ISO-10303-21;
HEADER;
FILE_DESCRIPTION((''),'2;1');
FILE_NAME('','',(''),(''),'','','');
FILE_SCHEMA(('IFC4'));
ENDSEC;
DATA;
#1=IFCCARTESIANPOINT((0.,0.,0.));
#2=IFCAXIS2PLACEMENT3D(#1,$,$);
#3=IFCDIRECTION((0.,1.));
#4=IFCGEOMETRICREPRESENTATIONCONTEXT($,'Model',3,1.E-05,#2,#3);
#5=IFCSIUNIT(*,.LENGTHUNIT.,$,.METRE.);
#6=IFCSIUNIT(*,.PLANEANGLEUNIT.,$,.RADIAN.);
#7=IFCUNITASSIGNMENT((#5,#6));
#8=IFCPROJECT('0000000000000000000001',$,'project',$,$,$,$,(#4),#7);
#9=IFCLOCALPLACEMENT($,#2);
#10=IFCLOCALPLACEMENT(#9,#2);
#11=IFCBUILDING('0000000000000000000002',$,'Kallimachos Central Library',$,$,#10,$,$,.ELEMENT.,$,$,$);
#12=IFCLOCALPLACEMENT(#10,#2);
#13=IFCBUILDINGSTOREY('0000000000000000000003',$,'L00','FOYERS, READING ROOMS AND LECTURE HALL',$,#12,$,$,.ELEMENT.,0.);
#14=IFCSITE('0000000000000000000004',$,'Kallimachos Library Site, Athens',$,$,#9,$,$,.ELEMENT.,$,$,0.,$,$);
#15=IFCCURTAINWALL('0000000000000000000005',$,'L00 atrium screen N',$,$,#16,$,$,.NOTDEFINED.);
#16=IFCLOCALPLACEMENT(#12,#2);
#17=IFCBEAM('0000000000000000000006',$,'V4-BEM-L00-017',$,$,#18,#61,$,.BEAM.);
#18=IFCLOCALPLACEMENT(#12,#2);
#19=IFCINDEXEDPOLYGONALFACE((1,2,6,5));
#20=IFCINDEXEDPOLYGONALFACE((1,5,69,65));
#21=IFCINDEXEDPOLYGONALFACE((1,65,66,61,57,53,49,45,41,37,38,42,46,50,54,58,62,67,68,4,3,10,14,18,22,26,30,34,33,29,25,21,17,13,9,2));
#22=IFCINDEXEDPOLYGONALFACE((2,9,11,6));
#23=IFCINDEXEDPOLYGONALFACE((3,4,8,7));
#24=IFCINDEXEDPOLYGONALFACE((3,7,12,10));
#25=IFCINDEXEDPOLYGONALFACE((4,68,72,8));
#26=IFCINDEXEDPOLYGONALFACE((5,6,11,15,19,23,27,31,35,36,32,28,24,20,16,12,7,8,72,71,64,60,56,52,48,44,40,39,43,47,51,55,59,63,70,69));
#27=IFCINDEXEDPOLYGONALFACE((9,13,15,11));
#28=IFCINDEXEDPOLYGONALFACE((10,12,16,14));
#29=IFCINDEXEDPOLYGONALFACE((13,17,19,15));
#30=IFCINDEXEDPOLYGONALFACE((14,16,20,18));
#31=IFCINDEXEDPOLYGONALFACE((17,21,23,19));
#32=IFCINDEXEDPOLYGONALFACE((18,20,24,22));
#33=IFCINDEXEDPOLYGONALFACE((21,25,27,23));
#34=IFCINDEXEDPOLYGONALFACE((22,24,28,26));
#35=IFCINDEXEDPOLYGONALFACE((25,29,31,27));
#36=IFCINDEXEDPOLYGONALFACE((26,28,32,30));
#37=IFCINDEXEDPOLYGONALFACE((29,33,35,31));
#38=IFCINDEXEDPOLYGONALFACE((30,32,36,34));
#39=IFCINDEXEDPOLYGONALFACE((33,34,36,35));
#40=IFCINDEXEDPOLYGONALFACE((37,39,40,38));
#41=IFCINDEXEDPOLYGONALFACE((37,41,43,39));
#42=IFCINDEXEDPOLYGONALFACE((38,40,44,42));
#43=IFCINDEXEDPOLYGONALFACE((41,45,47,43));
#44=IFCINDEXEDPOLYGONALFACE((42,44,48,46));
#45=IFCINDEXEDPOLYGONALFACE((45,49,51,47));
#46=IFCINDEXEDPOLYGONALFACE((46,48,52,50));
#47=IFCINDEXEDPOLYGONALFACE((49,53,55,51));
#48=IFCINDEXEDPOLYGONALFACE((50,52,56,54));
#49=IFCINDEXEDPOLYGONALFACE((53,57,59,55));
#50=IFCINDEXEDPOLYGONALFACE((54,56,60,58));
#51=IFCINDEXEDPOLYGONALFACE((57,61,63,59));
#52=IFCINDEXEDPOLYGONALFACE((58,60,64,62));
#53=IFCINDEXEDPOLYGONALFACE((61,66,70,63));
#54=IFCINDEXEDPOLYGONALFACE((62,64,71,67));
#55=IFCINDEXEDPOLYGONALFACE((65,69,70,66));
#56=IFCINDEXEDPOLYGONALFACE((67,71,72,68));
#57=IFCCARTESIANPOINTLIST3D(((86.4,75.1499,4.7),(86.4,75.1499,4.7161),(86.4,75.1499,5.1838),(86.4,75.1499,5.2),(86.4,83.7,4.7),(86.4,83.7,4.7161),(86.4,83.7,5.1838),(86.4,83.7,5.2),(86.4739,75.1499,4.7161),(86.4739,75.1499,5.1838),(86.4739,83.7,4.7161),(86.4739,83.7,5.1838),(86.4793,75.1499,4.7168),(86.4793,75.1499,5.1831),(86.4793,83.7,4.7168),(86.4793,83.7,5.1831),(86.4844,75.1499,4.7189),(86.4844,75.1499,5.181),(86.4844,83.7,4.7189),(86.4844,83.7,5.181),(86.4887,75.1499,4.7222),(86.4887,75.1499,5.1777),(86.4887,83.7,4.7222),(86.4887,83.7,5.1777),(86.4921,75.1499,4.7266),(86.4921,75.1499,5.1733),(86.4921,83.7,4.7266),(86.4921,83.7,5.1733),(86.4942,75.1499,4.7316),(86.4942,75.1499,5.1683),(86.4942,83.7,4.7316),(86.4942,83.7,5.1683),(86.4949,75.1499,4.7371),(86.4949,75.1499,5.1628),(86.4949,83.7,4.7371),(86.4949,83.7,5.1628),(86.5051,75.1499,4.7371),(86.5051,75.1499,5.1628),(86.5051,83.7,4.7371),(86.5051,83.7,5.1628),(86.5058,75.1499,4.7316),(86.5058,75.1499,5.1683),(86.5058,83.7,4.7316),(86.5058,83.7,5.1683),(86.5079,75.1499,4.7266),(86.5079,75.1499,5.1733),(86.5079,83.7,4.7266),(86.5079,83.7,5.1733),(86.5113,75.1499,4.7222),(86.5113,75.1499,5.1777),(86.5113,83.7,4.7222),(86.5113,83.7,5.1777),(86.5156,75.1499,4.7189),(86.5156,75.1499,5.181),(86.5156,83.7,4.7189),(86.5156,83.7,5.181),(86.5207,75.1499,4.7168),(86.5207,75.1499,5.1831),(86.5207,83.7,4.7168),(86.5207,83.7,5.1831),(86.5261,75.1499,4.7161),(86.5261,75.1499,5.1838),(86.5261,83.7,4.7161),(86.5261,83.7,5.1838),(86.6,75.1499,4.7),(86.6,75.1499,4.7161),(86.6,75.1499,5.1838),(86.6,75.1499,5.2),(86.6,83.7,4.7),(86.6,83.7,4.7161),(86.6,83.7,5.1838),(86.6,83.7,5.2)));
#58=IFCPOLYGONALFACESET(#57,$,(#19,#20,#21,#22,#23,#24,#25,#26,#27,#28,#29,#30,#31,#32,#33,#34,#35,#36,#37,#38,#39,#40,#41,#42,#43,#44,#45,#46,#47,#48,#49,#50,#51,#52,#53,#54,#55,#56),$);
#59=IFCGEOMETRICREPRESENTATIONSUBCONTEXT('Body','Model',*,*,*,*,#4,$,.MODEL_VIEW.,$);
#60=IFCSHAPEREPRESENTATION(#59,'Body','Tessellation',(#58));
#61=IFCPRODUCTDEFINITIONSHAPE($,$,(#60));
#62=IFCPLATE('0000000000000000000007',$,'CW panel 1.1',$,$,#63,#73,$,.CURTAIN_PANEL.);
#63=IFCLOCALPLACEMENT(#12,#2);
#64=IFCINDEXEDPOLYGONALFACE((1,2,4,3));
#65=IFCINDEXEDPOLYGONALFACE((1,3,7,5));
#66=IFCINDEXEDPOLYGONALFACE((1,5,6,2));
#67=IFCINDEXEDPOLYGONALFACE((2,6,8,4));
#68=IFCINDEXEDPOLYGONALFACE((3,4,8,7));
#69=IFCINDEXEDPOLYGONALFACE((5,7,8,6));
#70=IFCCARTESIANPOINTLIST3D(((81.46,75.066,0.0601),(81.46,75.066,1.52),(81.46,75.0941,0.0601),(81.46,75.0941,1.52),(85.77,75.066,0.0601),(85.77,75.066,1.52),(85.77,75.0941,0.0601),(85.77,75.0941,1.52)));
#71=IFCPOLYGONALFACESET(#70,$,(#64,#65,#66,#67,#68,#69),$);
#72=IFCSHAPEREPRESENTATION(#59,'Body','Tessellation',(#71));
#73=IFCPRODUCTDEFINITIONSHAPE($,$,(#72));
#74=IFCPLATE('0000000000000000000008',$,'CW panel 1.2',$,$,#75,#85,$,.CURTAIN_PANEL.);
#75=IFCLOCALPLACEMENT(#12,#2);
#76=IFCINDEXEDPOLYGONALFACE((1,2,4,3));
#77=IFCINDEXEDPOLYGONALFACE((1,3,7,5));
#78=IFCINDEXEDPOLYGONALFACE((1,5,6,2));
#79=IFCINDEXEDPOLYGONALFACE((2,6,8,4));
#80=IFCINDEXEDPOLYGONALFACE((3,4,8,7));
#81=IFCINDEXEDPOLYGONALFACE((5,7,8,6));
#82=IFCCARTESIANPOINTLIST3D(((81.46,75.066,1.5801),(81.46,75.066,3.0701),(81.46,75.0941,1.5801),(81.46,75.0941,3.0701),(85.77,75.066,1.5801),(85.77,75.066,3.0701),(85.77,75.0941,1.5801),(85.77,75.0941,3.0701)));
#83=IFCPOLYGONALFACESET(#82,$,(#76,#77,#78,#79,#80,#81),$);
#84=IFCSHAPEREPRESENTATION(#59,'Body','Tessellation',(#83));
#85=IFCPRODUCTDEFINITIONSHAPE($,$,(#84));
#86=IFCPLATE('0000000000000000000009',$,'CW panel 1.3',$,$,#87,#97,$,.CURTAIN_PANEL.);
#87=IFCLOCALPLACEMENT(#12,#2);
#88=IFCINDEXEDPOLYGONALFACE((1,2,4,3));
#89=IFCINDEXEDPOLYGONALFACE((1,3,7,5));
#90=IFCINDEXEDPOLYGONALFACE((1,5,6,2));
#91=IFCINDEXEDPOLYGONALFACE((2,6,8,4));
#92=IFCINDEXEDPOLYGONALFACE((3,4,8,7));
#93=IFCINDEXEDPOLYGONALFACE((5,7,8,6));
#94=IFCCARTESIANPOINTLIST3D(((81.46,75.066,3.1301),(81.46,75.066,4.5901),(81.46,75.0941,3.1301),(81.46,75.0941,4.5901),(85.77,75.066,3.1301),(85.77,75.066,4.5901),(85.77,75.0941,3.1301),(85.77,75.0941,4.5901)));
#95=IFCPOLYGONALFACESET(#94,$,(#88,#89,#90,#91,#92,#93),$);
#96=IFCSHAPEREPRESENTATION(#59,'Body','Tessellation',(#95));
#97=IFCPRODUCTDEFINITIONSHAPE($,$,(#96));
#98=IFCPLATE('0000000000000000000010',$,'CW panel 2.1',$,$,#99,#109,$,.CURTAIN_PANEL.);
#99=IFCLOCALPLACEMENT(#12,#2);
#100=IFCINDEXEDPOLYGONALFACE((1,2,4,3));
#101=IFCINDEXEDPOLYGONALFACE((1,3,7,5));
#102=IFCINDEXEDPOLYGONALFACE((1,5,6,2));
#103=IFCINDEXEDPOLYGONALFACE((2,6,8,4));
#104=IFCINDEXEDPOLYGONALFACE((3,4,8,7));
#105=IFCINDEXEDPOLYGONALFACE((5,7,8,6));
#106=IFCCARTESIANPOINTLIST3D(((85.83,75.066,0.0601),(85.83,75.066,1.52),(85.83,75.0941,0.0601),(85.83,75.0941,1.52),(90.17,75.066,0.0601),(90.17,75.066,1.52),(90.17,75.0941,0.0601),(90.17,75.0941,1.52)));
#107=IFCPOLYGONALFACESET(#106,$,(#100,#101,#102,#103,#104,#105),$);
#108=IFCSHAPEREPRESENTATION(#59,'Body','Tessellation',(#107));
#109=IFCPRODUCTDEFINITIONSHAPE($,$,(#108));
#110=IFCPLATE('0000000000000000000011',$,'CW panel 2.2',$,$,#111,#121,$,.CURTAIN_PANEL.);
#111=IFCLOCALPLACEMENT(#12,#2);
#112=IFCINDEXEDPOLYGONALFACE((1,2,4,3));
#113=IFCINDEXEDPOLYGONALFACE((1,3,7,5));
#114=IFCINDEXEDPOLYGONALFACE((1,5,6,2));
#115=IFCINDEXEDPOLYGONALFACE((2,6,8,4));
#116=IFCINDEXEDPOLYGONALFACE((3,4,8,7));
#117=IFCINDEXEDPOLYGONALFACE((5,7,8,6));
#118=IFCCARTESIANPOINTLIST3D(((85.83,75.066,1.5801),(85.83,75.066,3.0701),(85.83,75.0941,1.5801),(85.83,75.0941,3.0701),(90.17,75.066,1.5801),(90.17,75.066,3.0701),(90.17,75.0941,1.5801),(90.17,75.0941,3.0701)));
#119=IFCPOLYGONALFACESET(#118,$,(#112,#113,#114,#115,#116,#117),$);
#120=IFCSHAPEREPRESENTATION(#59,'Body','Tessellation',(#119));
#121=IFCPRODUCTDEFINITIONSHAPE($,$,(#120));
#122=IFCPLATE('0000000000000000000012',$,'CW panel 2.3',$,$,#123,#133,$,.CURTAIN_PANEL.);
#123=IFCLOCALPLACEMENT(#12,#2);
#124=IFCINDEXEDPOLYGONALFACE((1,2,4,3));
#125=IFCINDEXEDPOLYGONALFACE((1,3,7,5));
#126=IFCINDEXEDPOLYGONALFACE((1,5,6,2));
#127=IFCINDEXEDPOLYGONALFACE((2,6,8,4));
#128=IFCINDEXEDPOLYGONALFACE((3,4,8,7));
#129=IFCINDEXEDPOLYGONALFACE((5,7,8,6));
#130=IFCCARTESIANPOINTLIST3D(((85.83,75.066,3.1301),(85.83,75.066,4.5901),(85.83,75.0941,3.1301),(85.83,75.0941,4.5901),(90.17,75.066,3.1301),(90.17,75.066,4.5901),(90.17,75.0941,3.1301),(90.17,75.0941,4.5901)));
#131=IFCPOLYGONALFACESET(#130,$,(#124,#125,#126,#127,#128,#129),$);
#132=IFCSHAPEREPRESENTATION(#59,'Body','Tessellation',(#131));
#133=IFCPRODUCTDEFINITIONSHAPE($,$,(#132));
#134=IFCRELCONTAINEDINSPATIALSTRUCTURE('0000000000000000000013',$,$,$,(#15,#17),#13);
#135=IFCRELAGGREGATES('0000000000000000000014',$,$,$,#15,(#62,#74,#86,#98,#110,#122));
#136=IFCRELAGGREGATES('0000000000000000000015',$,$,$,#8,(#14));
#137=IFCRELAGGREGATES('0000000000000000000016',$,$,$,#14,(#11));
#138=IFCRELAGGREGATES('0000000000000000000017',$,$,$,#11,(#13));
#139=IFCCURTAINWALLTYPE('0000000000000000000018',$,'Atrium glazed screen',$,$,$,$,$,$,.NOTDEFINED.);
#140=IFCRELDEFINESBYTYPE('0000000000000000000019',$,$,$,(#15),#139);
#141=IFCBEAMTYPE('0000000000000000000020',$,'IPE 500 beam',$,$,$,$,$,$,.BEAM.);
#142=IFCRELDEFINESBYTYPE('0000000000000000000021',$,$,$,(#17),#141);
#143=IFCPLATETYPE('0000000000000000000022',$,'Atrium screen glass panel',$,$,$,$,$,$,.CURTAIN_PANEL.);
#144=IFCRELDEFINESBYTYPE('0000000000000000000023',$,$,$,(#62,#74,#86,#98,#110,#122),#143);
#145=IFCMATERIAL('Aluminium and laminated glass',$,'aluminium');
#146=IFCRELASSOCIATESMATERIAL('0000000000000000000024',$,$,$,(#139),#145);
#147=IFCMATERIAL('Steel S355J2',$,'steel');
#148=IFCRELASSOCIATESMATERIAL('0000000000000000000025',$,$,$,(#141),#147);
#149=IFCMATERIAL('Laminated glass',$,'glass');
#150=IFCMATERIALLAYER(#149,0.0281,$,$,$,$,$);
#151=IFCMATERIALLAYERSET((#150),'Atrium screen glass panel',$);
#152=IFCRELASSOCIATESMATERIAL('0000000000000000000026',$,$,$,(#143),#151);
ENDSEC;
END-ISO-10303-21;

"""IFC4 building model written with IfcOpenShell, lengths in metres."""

from ifc_helpers import new_model, si_unit, direction, frame, origin, origin_2d, place, context, subcontext, project, spatial, rectangle, i_section, extrude, material, layer, layer_set, material_profile, profile_set, type_object, element, aggregate, save


model = new_model("IFC4")

# Units and contexts
model_context = context("Model", 3, precision=1e-05, world=origin(), true_north=direction((0.0, 1.0)))
body_context = subcontext(model_context, "Body", "Model", "MODEL_VIEW")
ifc_project = project(units=[si_unit("LENGTHUNIT", "METRE"), si_unit("PLANEANGLEUNIT", "RADIAN")], contexts=[model_context])

# Site, building, storey
site_placement = place(None, origin())
site = spatial("IfcSite", under=ifc_project, at=site_placement, Name="Kallimachos Library Site, Athens", CompositionType="ELEMENT", RefElevation=0.0)
building_placement = place(site_placement, origin())
building = spatial("IfcBuilding", under=site, at=building_placement, Name="Kallimachos Central Library", CompositionType="ELEMENT")
storey_placement = place(building_placement, origin())
storey = spatial("IfcBuildingStorey", under=building, at=storey_placement, Name="L00", Description="FOYERS, READING ROOMS AND LECTURE HALL", CompositionType="ELEMENT", Elevation=0.0)

# Curtain wall
ifc_material_1 = material(Name="Aluminium and laminated glass", Category="aluminium")
curtain_wall_type = type_object("IfcCurtainWallType", Name="Atrium glazed screen", PredefinedType="NOTDEFINED", material=ifc_material_1)
curtain_wall_placement = place(storey_placement, origin())
curtain_wall = element("IfcCurtainWall", 1, at=curtain_wall_placement, inside=storey, type_object=curtain_wall_type, Name="L00 atrium screen N", PredefinedType="NOTDEFINED")

# Beam
ifc_material_2 = material(Name="Steel S355J2", Category="steel")
ifc_material_profile_1 = material_profile(ifc_material_2, i_section(OverallWidth=0.2, OverallDepth=0.5, WebThickness=0.0103, FlangeThickness=0.0161, FilletRadius=0.021, at=origin_2d()), Name="IPE 500")
ifc_profile_set_1 = profile_set([ifc_material_profile_1], Name="Steel S355J2")
beam_type_1 = type_object("IfcBeamType", Name="IPE 500 beam", PredefinedType="BEAM", material=ifc_profile_set_1)
beam_1_placement = place(storey_placement, frame((86.5, 75.1499, 4.95), z_axis=(0.0, 1.0, 0.0), x_axis=(-1.0, 0.0, 0.0)))
element("IfcBeam", 2, at=beam_1_placement, inside=storey, type_object=beam_type_1, Name="V4-BEM-L00-017", PredefinedType="BEAM", context=body_context, shape_type="SweptSolid", body=[
    extrude(i_section(OverallWidth=0.2, OverallDepth=0.5, WebThickness=0.0103, FlangeThickness=0.0161, FilletRadius=0.021, at=origin_2d()), origin(), (0.0, 0.0, 1.0), 8.55),
])

# Plates
ifc_material_3 = material(Name="Laminated glass", Category="glass")
ifc_layer_1 = layer(ifc_material_3, 0.0281)
ifc_layer_set_1 = layer_set([ifc_layer_1], Name="Atrium screen glass panel")
plate_type = type_object("IfcPlateType", Name="Atrium screen glass panel", PredefinedType="CURTAIN_PANEL", material=ifc_layer_set_1)
plate_1_placement = place(storey_placement, frame((83.615, 75.0801, 0.0601), z_axis=(0.0, 0.0, 1.0), x_axis=(1.0, 0.0, 0.0)))
plate_1 = element("IfcPlate", 3, at=plate_1_placement, type_object=plate_type, Name="CW panel 1.1", PredefinedType="CURTAIN_PANEL", context=body_context, shape_type="SweptSolid", body=[
    extrude(rectangle(XDim=4.3101, YDim=0.0281, at=origin_2d()), origin(), (0.0, 0.0, 1.0), 1.46),
])
plate_2_placement = place(storey_placement, frame((83.615, 75.0801, 1.5801), z_axis=(0.0, 0.0, 1.0), x_axis=(1.0, 0.0, 0.0)))
plate_2 = element("IfcPlate", 4, at=plate_2_placement, type_object=plate_type, Name="CW panel 1.2", PredefinedType="CURTAIN_PANEL", context=body_context, shape_type="SweptSolid", body=[
    extrude(rectangle(XDim=4.3101, YDim=0.0281, at=origin_2d()), origin(), (0.0, 0.0, 1.0), 1.49),
])
plate_3_placement = place(storey_placement, frame((83.615, 75.0801, 3.1301), z_axis=(0.0, 0.0, 1.0), x_axis=(1.0, 0.0, 0.0)))
plate_3 = element("IfcPlate", 5, at=plate_3_placement, type_object=plate_type, Name="CW panel 1.3", PredefinedType="CURTAIN_PANEL", context=body_context, shape_type="SweptSolid", body=[
    extrude(rectangle(XDim=4.3101, YDim=0.0281, at=origin_2d()), origin(), (0.0, 0.0, 1.0), 1.46),
])
plate_4_placement = place(storey_placement, frame((88.0, 75.0801, 0.0601), z_axis=(0.0, 0.0, 1.0), x_axis=(1.0, 0.0, 0.0)))
plate_4 = element("IfcPlate", 6, at=plate_4_placement, type_object=plate_type, Name="CW panel 2.1", PredefinedType="CURTAIN_PANEL", context=body_context, shape_type="SweptSolid", body=[
    extrude(rectangle(XDim=4.3401, YDim=0.0281, at=origin_2d()), origin(), (0.0, 0.0, 1.0), 1.46),
])
plate_5_placement = place(storey_placement, frame((88.0, 75.0801, 1.5801), z_axis=(0.0, 0.0, 1.0), x_axis=(1.0, 0.0, 0.0)))
plate_5 = element("IfcPlate", 7, at=plate_5_placement, type_object=plate_type, Name="CW panel 2.2", PredefinedType="CURTAIN_PANEL", context=body_context, shape_type="SweptSolid", body=[
    extrude(rectangle(XDim=4.3401, YDim=0.0281, at=origin_2d()), origin(), (0.0, 0.0, 1.0), 1.49),
])
plate_6_placement = place(storey_placement, frame((88.0, 75.0801, 3.1301), z_axis=(0.0, 0.0, 1.0), x_axis=(1.0, 0.0, 0.0)))
plate_6 = element("IfcPlate", 8, at=plate_6_placement, type_object=plate_type, Name="CW panel 2.3", PredefinedType="CURTAIN_PANEL", context=body_context, shape_type="SweptSolid", body=[
    extrude(rectangle(XDim=4.3401, YDim=0.0281, at=origin_2d()), origin(), (0.0, 0.0, 1.0), 1.46),
])
aggregate(curtain_wall, [plate_1, plate_2, plate_3, plate_4, plate_5, plate_6])

save(model, "model.ifc")
